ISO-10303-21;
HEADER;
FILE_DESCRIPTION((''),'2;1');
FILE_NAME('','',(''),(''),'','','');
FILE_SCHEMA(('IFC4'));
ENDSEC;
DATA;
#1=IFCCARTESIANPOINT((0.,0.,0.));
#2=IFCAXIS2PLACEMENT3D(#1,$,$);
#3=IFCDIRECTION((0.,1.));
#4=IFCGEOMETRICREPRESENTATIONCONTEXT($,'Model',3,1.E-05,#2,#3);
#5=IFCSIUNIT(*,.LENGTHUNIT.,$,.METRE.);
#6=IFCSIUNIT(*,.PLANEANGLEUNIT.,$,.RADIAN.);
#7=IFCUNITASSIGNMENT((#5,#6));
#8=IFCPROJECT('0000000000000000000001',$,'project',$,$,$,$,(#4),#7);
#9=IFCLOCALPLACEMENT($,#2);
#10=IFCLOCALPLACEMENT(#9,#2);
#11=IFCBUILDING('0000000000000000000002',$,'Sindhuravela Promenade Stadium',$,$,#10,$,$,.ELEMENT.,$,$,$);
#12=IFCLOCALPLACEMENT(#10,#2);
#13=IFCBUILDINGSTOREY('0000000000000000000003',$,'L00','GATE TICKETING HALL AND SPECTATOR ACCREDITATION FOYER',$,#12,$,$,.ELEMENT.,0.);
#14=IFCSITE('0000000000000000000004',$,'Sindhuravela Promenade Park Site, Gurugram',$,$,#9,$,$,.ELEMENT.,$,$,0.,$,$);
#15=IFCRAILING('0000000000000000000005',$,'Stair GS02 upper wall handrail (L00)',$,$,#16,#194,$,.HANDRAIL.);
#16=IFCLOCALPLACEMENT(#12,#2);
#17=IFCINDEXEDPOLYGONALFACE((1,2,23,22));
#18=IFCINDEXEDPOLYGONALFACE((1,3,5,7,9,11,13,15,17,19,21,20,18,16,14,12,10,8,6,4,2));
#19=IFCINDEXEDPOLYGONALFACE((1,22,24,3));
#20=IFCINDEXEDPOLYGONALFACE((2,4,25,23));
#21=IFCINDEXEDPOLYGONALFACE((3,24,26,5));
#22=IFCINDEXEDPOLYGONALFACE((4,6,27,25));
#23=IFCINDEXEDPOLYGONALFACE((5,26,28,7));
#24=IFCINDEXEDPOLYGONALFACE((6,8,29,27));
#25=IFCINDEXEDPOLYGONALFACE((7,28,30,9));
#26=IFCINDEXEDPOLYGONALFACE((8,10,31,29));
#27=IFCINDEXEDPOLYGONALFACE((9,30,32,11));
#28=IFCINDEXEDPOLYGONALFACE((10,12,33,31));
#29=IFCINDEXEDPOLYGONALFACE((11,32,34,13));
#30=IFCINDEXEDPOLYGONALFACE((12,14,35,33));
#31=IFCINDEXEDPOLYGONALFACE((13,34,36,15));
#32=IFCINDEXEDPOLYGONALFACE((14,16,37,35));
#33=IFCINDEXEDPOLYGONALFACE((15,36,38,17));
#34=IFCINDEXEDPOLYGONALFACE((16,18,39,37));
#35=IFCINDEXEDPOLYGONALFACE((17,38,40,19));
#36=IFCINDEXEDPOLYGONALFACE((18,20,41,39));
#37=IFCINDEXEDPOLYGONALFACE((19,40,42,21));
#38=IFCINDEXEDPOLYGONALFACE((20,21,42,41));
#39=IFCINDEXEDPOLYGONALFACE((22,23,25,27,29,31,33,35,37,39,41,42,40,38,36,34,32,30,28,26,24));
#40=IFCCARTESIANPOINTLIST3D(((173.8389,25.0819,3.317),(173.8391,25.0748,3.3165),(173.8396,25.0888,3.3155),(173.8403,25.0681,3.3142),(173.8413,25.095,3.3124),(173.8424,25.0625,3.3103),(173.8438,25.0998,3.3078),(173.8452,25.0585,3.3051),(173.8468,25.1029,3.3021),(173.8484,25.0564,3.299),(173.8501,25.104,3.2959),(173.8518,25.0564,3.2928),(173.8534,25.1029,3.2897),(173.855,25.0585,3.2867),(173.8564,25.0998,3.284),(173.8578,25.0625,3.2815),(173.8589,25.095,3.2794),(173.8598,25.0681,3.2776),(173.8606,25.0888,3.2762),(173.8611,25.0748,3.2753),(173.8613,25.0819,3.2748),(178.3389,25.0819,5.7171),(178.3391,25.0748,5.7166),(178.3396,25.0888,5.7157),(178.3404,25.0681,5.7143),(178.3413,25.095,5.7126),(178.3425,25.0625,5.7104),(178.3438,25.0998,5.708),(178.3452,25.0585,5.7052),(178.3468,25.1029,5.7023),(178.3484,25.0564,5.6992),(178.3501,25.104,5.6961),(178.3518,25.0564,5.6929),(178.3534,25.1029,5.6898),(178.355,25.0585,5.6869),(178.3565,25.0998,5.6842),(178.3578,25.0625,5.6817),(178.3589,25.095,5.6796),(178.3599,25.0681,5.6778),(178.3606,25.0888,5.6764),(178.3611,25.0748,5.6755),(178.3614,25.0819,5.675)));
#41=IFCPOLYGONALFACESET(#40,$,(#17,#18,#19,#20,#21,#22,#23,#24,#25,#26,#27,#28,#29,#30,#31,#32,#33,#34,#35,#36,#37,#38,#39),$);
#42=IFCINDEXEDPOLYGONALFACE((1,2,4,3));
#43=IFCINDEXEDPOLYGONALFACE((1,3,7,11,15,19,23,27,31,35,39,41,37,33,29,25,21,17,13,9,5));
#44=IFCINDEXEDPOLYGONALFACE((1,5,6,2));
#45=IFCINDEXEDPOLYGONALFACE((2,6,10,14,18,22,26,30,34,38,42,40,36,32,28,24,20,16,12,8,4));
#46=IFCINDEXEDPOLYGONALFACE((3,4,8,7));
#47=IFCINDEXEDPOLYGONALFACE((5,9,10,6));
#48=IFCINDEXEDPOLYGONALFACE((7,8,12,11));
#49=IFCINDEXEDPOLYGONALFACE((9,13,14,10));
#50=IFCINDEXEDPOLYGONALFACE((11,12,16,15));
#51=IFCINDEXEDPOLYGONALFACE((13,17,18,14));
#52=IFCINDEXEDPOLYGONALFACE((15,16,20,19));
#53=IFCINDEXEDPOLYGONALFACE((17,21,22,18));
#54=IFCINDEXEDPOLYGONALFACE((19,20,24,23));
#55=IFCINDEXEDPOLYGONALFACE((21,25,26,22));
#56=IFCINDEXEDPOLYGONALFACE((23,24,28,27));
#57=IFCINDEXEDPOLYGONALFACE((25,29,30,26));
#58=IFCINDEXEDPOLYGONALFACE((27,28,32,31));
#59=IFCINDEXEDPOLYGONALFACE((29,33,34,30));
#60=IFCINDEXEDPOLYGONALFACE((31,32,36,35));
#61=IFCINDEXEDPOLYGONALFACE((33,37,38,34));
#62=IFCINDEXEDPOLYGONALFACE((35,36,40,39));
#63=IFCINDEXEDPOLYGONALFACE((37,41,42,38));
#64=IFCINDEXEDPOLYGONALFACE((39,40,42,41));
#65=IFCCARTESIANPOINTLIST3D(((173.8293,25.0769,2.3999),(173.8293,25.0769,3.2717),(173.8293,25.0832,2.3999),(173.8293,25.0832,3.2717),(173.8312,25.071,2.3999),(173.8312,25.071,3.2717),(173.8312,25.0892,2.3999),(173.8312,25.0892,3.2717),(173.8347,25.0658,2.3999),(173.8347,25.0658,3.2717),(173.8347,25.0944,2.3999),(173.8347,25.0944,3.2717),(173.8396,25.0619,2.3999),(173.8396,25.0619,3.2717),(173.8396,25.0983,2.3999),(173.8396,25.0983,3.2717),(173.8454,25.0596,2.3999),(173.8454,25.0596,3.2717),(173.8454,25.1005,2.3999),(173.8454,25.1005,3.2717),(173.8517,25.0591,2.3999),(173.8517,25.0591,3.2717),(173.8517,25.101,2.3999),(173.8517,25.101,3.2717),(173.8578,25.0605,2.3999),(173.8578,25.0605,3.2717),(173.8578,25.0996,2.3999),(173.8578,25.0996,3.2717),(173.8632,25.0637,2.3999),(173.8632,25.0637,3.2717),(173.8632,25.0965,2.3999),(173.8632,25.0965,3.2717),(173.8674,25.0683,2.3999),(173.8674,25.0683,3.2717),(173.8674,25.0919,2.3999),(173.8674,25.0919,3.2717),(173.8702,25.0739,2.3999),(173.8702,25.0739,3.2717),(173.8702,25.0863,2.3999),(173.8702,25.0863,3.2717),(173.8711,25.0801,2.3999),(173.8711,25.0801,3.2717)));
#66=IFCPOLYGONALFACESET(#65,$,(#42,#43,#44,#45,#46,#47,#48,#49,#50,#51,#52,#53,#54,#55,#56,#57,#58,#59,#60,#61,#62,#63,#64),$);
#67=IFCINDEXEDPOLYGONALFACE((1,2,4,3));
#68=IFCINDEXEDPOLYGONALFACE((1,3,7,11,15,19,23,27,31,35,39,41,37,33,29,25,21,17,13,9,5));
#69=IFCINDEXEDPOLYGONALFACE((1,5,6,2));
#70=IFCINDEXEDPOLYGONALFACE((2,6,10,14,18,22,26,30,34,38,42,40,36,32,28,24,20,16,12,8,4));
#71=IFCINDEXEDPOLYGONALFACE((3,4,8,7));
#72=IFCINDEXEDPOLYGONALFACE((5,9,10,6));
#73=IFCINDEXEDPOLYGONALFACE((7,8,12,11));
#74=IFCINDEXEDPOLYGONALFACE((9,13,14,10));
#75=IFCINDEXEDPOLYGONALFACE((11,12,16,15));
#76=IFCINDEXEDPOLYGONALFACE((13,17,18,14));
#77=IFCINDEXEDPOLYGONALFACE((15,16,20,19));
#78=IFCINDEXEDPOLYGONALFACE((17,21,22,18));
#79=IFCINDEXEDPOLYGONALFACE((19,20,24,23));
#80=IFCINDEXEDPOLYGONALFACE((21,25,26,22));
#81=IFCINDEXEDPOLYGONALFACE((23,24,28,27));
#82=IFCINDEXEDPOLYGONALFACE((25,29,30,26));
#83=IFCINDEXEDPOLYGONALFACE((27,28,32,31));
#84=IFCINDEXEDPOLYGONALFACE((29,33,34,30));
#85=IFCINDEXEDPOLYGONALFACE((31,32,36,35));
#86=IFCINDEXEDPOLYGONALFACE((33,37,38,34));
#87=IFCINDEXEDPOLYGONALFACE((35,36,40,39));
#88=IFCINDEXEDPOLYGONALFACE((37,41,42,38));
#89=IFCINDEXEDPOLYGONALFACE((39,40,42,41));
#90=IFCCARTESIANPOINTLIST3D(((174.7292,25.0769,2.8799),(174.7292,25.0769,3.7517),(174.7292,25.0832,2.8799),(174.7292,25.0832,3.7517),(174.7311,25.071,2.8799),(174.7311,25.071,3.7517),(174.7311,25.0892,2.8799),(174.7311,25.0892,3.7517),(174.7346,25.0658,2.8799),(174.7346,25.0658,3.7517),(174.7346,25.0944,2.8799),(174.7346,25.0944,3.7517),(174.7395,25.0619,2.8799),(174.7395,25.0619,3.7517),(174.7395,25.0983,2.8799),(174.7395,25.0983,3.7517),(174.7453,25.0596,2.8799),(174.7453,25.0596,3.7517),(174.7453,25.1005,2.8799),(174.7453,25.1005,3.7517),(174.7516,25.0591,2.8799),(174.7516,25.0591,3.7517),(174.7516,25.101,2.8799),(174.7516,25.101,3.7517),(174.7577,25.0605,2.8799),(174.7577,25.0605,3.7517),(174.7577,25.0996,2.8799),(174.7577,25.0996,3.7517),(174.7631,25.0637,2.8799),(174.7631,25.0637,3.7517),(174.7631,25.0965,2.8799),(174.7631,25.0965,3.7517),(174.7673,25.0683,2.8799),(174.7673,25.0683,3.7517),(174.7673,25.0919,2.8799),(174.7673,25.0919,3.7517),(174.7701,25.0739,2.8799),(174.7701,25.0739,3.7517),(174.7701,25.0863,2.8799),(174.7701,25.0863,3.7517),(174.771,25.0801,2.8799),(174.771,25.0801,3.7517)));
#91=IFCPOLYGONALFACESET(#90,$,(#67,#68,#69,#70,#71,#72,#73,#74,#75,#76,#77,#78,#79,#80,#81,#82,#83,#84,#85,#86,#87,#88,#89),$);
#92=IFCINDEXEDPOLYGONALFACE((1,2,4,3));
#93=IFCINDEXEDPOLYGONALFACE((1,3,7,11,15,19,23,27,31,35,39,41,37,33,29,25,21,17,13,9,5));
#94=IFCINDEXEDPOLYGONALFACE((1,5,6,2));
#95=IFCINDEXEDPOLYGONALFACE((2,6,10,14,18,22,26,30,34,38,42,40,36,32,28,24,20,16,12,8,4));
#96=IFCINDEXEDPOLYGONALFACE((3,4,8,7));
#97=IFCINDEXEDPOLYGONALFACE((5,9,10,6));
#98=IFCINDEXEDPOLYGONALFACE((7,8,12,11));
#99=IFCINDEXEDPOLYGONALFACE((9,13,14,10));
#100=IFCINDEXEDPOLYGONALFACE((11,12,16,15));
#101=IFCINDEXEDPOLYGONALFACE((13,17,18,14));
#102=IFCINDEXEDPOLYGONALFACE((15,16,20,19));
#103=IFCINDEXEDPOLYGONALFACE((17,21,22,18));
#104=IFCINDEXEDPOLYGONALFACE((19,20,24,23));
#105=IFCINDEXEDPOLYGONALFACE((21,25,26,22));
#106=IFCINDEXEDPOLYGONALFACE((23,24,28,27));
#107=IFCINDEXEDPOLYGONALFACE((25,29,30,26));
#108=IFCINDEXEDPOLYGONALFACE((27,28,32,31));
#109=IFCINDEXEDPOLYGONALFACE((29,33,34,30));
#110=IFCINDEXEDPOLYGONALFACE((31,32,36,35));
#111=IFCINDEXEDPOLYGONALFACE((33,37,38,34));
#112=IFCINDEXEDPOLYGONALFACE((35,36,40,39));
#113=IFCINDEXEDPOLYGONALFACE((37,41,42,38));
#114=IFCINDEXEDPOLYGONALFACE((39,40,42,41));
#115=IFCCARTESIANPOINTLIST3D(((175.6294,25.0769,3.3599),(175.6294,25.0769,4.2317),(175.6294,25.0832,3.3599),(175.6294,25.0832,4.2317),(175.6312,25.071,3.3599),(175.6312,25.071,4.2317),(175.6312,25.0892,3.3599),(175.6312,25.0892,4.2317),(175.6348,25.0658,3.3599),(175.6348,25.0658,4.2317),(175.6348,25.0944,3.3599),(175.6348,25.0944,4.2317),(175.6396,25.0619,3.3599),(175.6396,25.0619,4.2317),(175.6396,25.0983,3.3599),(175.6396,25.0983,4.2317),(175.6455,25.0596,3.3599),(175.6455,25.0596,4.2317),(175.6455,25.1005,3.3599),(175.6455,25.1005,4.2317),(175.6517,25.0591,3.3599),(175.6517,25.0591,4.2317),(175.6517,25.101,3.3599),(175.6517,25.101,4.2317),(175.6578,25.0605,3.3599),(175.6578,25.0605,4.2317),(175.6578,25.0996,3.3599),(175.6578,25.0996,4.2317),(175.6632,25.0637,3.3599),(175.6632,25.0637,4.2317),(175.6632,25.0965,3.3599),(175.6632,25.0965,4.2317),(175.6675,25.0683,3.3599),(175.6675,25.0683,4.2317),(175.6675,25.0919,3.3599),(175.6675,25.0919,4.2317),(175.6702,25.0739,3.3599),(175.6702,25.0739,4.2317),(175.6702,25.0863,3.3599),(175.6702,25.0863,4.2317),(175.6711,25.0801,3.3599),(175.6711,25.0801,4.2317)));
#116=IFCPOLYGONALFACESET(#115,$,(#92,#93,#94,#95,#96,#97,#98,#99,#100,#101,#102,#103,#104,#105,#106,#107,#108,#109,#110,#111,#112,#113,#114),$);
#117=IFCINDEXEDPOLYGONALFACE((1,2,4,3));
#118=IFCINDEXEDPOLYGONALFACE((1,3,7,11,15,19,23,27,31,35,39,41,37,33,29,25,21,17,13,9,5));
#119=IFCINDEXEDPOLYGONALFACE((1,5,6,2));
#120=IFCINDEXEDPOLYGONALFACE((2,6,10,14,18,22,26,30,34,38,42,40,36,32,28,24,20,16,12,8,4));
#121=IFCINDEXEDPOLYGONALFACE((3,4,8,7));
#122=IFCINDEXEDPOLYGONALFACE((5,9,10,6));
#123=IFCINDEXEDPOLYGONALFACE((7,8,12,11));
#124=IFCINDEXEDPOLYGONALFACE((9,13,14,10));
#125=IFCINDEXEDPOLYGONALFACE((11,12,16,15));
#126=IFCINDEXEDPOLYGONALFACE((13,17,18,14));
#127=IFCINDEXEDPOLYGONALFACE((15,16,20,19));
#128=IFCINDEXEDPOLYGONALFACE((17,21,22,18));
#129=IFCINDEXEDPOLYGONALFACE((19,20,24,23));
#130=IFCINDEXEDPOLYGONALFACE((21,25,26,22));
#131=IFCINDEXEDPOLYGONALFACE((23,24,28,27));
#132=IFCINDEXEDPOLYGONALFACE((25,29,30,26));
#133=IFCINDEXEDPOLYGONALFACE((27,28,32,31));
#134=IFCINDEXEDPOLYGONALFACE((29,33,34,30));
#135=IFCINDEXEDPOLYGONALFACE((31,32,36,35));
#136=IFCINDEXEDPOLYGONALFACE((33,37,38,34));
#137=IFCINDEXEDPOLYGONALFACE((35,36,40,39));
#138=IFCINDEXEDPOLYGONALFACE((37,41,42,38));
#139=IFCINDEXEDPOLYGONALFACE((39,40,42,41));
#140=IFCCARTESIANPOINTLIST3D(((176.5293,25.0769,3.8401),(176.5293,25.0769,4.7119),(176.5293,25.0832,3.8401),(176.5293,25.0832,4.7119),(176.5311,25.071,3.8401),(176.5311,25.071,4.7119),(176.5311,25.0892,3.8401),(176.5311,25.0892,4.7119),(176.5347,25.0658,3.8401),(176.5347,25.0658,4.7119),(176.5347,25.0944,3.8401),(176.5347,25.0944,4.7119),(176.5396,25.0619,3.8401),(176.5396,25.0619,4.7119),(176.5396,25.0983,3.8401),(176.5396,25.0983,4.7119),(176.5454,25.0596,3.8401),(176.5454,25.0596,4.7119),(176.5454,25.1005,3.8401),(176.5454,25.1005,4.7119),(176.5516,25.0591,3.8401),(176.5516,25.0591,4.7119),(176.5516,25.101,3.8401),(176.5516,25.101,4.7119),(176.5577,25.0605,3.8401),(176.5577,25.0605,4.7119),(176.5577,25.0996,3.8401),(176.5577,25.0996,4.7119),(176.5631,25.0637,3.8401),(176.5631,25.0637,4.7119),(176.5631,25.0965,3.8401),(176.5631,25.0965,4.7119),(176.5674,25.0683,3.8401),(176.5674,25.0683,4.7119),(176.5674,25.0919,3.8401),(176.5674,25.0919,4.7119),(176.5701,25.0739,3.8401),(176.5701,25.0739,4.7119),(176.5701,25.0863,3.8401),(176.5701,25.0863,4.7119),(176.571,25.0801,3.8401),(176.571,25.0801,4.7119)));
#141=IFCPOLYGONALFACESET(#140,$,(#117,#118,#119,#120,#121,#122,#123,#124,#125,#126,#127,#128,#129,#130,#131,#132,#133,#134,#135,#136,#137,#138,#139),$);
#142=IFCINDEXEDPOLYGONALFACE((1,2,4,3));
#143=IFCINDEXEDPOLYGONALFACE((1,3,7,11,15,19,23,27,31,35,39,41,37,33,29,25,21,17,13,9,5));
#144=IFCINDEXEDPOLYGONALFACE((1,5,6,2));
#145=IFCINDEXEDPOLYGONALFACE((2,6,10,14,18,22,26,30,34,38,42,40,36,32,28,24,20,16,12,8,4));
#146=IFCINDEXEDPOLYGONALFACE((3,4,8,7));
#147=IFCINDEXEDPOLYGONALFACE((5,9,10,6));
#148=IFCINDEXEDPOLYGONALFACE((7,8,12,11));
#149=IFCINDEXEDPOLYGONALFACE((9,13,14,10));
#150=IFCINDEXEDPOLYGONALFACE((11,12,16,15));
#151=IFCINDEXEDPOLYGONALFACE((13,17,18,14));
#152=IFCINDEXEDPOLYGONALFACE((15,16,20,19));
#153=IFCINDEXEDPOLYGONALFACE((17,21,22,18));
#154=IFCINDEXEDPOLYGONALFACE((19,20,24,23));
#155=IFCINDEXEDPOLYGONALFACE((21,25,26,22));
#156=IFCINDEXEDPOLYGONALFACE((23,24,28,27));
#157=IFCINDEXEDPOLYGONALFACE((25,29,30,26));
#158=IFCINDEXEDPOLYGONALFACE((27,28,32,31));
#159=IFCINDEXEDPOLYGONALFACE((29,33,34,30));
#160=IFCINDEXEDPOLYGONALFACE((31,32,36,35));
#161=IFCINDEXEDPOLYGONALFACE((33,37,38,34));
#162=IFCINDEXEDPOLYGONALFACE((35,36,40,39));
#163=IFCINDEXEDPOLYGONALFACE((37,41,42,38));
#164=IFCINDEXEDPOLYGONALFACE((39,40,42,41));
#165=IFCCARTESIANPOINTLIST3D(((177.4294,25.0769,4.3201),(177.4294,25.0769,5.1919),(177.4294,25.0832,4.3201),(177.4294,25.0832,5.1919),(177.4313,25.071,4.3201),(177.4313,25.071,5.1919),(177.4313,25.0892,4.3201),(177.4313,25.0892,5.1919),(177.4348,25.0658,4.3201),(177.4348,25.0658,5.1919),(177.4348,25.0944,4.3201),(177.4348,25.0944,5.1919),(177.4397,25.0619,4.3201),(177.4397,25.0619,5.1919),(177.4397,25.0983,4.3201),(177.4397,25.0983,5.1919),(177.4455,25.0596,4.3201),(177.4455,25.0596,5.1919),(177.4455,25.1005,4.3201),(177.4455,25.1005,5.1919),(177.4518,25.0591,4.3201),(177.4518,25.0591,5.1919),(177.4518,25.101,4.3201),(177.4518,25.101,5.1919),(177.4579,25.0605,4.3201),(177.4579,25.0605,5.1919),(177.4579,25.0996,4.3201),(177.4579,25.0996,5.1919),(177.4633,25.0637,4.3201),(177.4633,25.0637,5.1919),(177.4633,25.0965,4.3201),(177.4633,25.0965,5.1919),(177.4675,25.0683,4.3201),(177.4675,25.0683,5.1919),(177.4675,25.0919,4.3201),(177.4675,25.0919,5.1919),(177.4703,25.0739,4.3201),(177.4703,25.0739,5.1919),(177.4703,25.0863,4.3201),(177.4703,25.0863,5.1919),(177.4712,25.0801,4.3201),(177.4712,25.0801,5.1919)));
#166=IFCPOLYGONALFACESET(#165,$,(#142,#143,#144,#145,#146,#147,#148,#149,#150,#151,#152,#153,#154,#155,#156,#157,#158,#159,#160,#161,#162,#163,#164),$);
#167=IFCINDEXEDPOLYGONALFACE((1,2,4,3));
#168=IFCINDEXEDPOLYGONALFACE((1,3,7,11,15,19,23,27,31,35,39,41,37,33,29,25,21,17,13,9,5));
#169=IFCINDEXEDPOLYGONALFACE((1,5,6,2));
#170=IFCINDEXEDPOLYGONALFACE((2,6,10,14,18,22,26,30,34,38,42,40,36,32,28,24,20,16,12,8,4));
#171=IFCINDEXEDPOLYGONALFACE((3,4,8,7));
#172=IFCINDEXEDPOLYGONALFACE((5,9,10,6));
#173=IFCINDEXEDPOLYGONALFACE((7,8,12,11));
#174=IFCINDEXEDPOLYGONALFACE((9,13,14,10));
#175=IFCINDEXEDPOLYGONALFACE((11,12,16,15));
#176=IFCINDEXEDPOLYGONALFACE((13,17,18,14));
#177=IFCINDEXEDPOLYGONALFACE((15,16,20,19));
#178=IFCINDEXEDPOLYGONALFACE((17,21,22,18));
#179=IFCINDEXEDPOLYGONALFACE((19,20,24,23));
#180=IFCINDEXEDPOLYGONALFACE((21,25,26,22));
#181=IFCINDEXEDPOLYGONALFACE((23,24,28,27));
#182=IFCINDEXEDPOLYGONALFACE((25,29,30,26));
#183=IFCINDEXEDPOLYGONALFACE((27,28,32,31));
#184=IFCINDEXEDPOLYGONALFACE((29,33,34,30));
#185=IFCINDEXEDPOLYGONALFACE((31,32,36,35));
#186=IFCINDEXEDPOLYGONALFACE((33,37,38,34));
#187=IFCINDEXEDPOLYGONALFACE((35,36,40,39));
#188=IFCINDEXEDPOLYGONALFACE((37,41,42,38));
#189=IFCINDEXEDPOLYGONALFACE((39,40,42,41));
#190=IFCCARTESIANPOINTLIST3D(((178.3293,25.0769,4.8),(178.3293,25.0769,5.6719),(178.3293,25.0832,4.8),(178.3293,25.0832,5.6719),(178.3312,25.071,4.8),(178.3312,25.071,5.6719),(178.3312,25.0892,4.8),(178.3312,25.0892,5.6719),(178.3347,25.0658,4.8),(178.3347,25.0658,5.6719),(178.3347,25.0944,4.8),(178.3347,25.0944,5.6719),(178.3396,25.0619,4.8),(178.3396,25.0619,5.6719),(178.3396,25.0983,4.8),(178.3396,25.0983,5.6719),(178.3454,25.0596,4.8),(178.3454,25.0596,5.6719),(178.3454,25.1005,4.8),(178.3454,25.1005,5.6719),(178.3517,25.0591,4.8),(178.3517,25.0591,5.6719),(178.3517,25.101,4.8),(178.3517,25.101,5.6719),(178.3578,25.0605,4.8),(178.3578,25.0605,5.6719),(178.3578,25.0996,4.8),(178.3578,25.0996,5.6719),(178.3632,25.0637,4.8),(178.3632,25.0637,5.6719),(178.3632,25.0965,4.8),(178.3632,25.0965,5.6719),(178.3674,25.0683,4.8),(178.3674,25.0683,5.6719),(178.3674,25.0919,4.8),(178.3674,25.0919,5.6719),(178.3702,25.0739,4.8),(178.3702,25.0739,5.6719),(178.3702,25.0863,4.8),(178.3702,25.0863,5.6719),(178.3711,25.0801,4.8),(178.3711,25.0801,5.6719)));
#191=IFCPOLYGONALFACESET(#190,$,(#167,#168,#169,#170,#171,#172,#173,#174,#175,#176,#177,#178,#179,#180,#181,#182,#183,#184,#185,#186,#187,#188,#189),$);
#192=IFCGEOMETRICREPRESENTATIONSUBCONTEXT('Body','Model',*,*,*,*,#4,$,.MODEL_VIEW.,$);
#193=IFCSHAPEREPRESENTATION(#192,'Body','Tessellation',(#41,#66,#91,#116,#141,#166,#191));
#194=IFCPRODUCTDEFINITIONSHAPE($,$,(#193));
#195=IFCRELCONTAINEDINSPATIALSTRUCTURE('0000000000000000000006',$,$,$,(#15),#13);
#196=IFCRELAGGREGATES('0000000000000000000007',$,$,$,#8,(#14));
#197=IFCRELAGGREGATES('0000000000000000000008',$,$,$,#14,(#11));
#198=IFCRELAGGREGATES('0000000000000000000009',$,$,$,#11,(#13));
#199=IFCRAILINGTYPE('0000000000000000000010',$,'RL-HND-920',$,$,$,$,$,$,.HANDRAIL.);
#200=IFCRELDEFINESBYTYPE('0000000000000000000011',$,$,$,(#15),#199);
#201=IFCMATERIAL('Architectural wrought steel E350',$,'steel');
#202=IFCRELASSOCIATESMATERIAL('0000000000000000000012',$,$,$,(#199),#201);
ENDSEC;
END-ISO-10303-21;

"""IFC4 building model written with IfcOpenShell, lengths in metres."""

from ifc_helpers import new_model, si_unit, direction, frame, origin, origin_2d, place, context, subcontext, project, spatial, circle, extrude, material, type_object, element, save


model = new_model("IFC4")

# Units and contexts
model_context = context("Model", 3, precision=1e-05, world=origin(), true_north=direction((0.0, 1.0)))
body_context = subcontext(model_context, "Body", "Model", "MODEL_VIEW")
ifc_project = project(units=[si_unit("LENGTHUNIT", "METRE"), si_unit("PLANEANGLEUNIT", "RADIAN")], contexts=[model_context])

# Site, building, storey
site_placement = place(None, origin())
site = spatial("IfcSite", under=ifc_project, at=site_placement, Name="Sindhuravela Promenade Park Site, Gurugram", CompositionType="ELEMENT", RefElevation=0.0)
building_placement = place(site_placement, origin())
building = spatial("IfcBuilding", under=site, at=building_placement, Name="Sindhuravela Promenade Stadium", CompositionType="ELEMENT")
storey_placement = place(building_placement, origin())
storey = spatial("IfcBuildingStorey", under=building, at=storey_placement, Name="L00", Description="GATE TICKETING HALL AND SPECTATOR ACCREDITATION FOYER", CompositionType="ELEMENT", Elevation=0.0)

# Shared definitions
ifc_material_1 = material(Name="Architectural wrought steel E350", Category="steel")

# Railing
railing_type = type_object("IfcRailingType", Name="RL-HND-920", PredefinedType="HANDRAIL", material=ifc_material_1)
railing_1_placement = place(storey_placement, frame((173.8501, 25.0801, 2.3999)))
element("IfcRailing", 1, at=railing_1_placement, inside=storey, type_object=railing_type, Name="Stair GS02 upper wall handrail (L00)", PredefinedType="HANDRAIL", context=body_context, shape_type="SweptSolid", body=[
    extrude(circle(Radius=0.0239, at=origin_2d()), frame((0.0, 0.0, 0.896), z_axis=(0.882341, 0.0, 0.470611), x_axis=(0.0, 1.0, 0.0)), (0.0, 0.0, 1.0), 5.1001),
    extrude(circle(Radius=0.021, at=origin_2d()), origin(), (0.0, 0.0, 1.0), 0.8718),
    extrude(circle(Radius=0.021, at=origin_2d()), frame((0.8999, 0.0, 0.48)), (0.0, 0.0, 1.0), 0.8718),
    extrude(circle(Radius=0.021, at=origin_2d()), frame((1.8, 0.0, 0.96)), (0.0, 0.0, 1.0), 0.8718),
    extrude(circle(Radius=0.021, at=origin_2d()), frame((2.7, 0.0, 1.4402)), (0.0, 0.0, 1.0), 0.8718),
    extrude(circle(Radius=0.021, at=origin_2d()), frame((3.6001, 0.0, 1.9202)), (0.0, 0.0, 1.0), 0.8718),
    extrude(circle(Radius=0.021, at=origin_2d()), frame((4.5, 0.0, 2.4001)), (0.0, 0.0, 1.0), 0.8718),
])

save(model, "model.ifc")
